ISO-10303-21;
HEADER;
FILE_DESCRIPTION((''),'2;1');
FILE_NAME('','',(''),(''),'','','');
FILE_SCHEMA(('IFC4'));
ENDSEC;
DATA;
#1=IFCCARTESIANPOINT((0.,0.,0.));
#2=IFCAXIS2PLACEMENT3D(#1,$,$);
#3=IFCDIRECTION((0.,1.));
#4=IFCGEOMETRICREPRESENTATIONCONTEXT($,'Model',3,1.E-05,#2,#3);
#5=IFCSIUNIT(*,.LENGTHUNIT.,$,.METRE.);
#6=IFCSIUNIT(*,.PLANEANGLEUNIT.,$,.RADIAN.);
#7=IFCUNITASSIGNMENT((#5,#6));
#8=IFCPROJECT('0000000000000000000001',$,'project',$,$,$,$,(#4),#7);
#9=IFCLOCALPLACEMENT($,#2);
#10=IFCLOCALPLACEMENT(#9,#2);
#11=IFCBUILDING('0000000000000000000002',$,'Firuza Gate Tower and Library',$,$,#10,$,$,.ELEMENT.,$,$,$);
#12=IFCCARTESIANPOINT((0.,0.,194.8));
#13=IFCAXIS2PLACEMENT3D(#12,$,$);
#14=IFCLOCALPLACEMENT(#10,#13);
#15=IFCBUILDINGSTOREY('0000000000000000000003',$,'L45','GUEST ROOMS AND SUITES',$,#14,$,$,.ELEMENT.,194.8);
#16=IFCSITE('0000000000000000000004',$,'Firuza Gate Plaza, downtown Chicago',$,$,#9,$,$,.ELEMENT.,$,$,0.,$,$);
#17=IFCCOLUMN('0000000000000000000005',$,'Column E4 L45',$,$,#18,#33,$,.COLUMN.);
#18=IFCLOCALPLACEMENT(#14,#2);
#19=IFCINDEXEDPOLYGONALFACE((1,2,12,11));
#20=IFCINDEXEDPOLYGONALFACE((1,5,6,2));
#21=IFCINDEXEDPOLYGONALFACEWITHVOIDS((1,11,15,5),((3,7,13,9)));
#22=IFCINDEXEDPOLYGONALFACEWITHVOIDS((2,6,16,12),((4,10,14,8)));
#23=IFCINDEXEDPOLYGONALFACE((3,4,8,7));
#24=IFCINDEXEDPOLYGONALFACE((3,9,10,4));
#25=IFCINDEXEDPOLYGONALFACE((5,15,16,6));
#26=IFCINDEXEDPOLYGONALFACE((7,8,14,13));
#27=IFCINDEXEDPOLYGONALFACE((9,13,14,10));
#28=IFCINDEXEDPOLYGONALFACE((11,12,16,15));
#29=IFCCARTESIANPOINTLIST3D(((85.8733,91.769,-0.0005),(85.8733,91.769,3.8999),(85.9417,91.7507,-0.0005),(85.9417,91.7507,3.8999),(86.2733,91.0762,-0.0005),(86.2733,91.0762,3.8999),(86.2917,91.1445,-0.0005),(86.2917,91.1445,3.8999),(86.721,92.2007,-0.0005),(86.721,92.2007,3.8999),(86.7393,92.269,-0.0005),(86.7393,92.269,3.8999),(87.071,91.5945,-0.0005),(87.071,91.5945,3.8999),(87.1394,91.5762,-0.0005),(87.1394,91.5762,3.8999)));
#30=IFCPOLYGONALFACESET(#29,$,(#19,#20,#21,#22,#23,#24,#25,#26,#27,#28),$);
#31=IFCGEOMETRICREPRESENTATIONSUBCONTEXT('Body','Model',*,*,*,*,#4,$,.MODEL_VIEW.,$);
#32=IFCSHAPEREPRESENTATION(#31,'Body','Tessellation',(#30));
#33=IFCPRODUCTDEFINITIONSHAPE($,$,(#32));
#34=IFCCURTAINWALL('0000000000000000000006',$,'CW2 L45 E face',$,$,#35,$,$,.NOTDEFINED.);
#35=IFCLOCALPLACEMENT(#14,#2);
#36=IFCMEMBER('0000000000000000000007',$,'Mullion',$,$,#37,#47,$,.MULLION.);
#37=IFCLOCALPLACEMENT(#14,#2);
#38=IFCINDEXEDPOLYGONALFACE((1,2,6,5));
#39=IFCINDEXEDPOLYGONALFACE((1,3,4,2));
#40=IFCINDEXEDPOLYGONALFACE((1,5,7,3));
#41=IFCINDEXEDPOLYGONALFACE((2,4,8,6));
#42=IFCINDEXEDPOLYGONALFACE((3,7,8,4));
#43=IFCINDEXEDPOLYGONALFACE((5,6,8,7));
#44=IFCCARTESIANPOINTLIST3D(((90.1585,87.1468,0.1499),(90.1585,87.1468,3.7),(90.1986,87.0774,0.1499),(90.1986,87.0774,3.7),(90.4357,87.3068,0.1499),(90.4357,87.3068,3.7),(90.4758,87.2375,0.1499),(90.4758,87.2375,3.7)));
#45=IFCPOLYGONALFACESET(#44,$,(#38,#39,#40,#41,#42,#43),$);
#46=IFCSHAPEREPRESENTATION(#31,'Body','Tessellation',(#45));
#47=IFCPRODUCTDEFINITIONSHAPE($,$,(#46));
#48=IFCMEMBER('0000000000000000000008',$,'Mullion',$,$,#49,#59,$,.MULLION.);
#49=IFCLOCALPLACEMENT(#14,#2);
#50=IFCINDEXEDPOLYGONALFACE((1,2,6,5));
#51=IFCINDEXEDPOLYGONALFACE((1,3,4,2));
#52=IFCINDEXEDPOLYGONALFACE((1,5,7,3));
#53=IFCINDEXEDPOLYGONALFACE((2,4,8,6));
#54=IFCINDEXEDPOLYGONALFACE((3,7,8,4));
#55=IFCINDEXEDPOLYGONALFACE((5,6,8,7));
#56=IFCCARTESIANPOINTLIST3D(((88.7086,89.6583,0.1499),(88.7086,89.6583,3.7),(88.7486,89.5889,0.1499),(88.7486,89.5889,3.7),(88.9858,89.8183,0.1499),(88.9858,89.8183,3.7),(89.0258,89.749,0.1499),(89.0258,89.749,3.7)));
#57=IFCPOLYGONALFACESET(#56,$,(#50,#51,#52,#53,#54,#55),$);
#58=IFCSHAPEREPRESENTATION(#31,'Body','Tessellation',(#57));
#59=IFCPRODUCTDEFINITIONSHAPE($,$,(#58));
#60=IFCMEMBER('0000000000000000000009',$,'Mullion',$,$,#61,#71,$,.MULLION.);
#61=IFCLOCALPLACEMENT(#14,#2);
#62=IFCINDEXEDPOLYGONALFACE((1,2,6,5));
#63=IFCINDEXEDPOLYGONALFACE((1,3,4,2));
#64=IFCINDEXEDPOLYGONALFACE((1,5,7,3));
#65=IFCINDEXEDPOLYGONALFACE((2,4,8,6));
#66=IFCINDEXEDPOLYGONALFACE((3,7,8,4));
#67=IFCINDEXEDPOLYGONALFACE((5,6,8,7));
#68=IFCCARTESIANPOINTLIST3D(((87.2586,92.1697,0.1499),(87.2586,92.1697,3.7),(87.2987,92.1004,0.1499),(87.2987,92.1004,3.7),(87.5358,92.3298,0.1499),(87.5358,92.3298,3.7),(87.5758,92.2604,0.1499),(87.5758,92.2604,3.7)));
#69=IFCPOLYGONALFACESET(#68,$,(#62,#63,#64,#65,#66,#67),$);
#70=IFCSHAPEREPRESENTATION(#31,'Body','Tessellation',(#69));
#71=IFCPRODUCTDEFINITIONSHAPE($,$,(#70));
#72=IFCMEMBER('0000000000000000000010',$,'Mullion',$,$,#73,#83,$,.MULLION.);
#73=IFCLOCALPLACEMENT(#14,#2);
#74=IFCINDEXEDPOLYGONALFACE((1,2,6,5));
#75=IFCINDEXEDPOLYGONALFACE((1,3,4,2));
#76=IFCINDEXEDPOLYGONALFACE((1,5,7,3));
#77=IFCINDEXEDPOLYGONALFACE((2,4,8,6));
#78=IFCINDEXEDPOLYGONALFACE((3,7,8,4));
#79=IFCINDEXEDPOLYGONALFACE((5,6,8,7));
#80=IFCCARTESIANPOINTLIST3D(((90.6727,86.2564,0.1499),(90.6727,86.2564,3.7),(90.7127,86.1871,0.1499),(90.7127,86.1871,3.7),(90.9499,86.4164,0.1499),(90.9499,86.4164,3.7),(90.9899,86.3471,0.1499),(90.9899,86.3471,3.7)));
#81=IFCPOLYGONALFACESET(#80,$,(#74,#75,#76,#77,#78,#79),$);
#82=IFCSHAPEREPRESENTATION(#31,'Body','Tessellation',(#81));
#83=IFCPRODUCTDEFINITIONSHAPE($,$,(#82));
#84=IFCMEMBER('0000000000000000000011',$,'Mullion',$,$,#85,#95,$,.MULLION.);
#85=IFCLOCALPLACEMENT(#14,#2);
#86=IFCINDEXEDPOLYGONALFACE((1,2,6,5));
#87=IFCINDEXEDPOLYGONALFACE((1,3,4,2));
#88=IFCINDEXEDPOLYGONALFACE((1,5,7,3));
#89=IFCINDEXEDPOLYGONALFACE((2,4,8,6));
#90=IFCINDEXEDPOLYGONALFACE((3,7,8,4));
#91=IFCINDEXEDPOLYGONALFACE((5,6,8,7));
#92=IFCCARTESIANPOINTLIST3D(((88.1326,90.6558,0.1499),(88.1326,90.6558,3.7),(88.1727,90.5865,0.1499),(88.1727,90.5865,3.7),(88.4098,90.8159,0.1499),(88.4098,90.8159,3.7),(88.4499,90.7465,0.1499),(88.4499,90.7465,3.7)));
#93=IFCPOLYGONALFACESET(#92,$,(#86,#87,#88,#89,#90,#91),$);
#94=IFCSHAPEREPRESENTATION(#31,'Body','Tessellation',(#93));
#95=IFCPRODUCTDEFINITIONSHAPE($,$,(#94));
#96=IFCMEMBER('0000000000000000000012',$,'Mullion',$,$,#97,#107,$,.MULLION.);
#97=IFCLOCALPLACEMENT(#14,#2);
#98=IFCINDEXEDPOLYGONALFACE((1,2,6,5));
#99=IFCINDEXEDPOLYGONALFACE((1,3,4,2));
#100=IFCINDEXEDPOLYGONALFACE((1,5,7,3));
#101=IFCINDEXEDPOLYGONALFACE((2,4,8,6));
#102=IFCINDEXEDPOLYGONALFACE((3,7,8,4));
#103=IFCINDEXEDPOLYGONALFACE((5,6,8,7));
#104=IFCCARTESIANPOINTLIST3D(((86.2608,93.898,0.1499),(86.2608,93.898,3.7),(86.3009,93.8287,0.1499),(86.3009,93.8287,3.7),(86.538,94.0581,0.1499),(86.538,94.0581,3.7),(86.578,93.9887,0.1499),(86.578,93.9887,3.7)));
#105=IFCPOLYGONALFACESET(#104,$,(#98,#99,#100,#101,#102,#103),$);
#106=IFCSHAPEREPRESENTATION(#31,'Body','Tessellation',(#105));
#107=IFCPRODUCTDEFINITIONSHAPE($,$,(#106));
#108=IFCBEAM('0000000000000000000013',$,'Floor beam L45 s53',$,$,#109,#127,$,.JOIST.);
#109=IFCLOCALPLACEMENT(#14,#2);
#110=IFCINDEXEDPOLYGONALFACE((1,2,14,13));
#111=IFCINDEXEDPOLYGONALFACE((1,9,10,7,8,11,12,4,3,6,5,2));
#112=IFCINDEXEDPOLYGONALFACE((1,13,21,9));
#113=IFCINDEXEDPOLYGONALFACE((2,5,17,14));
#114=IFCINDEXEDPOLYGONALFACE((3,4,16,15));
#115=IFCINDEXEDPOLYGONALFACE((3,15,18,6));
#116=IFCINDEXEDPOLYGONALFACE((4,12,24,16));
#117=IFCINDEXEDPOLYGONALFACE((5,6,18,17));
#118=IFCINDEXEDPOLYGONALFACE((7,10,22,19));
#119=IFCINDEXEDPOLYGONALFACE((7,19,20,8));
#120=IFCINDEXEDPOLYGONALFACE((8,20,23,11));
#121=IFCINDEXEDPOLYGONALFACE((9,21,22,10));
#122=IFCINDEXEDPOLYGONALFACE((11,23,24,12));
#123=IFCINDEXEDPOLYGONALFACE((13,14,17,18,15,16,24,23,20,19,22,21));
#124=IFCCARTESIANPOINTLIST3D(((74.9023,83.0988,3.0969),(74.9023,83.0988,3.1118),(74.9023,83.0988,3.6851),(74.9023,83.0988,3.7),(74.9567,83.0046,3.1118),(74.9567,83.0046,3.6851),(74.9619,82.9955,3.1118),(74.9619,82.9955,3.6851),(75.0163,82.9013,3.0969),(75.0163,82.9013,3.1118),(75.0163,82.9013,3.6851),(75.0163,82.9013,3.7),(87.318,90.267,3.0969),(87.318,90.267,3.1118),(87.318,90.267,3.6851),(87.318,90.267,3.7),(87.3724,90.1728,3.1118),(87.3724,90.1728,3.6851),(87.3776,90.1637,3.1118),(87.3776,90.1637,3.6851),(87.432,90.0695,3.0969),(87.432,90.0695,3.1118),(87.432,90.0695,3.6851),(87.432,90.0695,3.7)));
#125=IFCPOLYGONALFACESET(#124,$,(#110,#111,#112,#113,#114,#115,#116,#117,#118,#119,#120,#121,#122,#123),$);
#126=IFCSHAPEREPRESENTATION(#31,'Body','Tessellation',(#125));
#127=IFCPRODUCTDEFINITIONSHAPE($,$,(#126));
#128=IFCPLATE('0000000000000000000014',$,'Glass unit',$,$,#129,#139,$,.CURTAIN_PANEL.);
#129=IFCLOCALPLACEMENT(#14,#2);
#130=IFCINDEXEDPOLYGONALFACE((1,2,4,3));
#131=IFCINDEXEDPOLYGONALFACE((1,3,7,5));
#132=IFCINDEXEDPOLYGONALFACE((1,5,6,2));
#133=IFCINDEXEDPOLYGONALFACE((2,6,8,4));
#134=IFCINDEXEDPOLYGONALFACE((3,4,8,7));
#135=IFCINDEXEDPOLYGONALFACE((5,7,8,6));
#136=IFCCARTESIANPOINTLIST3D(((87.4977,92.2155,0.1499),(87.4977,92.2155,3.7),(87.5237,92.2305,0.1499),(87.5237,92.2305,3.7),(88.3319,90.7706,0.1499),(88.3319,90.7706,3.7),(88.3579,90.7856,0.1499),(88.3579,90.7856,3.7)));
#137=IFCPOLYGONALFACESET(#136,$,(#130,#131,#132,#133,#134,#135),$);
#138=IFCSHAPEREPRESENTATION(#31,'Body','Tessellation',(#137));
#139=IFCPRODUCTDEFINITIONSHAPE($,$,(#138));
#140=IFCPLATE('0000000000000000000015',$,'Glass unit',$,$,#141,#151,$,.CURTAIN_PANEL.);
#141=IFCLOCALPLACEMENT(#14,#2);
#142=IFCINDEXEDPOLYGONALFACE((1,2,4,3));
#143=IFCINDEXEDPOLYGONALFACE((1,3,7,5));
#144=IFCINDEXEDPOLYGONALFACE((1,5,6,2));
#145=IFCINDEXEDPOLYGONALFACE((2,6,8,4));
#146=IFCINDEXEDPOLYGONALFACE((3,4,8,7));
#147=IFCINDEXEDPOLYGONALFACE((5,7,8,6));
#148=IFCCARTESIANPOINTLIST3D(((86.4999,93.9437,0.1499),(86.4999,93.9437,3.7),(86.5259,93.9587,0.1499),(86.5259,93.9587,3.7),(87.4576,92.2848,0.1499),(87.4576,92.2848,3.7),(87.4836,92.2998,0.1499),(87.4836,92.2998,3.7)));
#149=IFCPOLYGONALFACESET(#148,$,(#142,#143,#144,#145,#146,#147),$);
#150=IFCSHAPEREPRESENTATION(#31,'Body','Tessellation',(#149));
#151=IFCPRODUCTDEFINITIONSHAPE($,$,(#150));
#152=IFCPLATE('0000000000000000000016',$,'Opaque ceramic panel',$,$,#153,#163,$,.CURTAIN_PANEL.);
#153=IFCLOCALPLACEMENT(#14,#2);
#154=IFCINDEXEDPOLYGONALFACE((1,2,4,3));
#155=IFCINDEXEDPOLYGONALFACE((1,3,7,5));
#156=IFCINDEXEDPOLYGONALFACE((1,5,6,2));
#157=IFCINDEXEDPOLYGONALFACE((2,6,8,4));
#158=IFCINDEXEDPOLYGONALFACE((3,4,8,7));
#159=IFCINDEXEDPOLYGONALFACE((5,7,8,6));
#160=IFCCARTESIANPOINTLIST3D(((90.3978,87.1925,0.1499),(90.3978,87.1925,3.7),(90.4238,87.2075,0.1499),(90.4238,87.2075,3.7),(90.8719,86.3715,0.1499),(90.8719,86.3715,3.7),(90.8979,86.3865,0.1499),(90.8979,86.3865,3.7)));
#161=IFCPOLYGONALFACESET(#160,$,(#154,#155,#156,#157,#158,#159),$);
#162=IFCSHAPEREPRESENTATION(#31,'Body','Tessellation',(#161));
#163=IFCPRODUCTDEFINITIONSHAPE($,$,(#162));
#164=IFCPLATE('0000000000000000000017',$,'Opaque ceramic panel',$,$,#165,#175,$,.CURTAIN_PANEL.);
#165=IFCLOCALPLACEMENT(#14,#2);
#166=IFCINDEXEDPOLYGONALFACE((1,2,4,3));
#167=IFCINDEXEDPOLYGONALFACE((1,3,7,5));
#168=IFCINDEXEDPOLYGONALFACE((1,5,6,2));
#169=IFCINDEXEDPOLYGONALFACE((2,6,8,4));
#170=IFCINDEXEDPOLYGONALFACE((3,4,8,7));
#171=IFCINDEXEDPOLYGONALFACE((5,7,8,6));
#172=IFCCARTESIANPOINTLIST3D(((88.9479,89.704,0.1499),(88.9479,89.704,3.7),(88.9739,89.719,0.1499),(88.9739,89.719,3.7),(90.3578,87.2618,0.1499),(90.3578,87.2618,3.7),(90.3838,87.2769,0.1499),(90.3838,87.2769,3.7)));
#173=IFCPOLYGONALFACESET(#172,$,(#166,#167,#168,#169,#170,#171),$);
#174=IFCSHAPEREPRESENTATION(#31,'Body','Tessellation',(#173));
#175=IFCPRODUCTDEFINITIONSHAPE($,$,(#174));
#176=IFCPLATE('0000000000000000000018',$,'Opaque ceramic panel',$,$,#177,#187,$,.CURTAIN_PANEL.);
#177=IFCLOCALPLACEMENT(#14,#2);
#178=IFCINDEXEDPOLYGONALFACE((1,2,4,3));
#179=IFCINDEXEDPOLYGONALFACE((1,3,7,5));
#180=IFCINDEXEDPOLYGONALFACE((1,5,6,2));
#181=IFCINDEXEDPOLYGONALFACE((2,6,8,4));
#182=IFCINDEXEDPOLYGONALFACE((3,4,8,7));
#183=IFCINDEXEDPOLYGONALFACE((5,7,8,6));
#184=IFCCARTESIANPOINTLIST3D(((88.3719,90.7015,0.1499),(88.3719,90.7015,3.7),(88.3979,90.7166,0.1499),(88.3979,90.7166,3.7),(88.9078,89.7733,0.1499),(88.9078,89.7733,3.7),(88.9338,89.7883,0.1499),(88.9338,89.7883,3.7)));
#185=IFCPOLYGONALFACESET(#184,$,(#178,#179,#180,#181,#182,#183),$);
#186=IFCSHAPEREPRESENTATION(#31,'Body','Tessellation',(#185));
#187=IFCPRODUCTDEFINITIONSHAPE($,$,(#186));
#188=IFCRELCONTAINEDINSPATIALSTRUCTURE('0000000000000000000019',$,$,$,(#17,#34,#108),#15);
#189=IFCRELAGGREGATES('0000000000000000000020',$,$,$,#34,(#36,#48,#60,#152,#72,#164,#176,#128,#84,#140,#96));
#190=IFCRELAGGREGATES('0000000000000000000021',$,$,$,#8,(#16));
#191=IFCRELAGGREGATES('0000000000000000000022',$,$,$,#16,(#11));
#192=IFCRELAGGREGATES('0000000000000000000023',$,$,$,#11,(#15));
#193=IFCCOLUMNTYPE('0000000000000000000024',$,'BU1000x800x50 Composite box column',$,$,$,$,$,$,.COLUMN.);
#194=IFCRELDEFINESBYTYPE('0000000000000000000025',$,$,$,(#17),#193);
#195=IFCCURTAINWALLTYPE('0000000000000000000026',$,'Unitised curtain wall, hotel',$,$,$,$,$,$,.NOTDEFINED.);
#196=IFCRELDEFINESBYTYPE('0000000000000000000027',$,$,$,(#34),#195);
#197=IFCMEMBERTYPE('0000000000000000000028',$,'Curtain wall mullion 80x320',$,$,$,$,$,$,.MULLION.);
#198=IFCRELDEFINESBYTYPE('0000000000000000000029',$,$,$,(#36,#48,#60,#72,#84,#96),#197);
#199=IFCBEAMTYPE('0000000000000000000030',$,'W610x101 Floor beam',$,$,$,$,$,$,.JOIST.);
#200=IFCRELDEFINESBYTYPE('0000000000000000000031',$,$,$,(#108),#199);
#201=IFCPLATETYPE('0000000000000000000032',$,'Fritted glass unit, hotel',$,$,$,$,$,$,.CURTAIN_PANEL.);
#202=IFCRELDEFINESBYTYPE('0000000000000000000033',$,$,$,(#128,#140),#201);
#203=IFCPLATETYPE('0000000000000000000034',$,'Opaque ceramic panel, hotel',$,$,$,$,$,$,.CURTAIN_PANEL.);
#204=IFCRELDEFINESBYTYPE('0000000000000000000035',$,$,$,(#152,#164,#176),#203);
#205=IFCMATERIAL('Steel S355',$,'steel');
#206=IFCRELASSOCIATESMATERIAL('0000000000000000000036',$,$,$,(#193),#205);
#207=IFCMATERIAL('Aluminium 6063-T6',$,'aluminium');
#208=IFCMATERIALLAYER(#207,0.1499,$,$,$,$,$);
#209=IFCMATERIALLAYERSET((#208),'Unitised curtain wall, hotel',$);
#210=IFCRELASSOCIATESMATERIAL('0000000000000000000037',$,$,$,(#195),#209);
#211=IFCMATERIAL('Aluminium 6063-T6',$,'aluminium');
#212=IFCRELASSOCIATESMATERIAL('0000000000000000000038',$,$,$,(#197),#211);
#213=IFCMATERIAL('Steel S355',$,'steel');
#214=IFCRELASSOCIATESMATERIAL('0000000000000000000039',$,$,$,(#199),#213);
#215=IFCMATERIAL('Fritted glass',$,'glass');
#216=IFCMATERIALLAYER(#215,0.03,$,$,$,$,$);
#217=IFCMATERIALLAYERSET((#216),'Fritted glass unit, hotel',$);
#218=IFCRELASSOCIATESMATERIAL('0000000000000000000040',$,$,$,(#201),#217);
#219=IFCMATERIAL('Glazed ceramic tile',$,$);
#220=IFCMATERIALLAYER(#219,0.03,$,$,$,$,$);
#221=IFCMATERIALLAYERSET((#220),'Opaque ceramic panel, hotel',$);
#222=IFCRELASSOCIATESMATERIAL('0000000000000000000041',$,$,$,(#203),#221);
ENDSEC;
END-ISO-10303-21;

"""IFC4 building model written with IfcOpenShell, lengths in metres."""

from ifc_helpers import new_model, si_unit, direction, frame, origin, origin_2d, place, context, subcontext, project, spatial, polyline, rectangle, hollow_rectangle, i_section, outline, extrude, material, layer, layer_set, material_profile, profile_set, type_object, element, aggregate, save


model = new_model("IFC4")

# Units and contexts
model_context = context("Model", 3, precision=1e-05, world=origin(), true_north=direction((0.0, 1.0)))
body_context = subcontext(model_context, "Body", "Model", "MODEL_VIEW")
ifc_project = project(units=[si_unit("LENGTHUNIT", "METRE"), si_unit("PLANEANGLEUNIT", "RADIAN")], contexts=[model_context])

# Site, building, storey
site_placement = place(None, origin())
site = spatial("IfcSite", under=ifc_project, at=site_placement, Name="Firuza Gate Plaza, downtown Chicago", CompositionType="ELEMENT", RefElevation=0.0)
building_placement = place(site_placement, origin())
building = spatial("IfcBuilding", under=site, at=building_placement, Name="Firuza Gate Tower and Library", CompositionType="ELEMENT")
storey_placement = place(building_placement, frame((0.0, 0.0, 194.8)))
storey = spatial("IfcBuildingStorey", under=building, at=storey_placement, Name="L45", Description="GUEST ROOMS AND SUITES", CompositionType="ELEMENT", Elevation=194.8)

# Column
ifc_material_1 = material(Name="Steel S355", Category="steel")
ifc_material_profile_1 = material_profile(ifc_material_1, hollow_rectangle(XDim=0.8, YDim=1.0, WallThickness=0.05, at=origin_2d()))
ifc_profile_set_1 = profile_set([ifc_material_profile_1], Name="Steel S355")
column_type = type_object("IfcColumnType", Name="BU1000x800x50 Composite box column", PredefinedType="COLUMN", material=ifc_profile_set_1)
column_placement = place(storey_placement, frame((86.5063, 91.6726, -0.0005), z_axis=(0.0, 0.0, 1.0), x_axis=(-0.5, 0.866025, 0.0)))
element("IfcColumn", 1, at=column_placement, inside=storey, type_object=column_type, Name="Column E4 L45", PredefinedType="COLUMN", context=body_context, shape_type="SweptSolid", body=[
    extrude(hollow_rectangle(XDim=0.8, YDim=1.0, WallThickness=0.05, at=origin_2d()), origin(), (0.0, 0.0, 1.0), 3.9004),
])

# Curtain wall, members
ifc_material_2 = material(Name="Aluminium 6063-T6", Category="aluminium")
ifc_layer_1 = layer(ifc_material_2, 0.1499)
ifc_layer_set_1 = layer_set([ifc_layer_1], Name="Unitised curtain wall, hotel")
curtain_wall_type = type_object("IfcCurtainWallType", Name="Unitised curtain wall, hotel", PredefinedType="NOTDEFINED", material=ifc_layer_set_1)
curtain_wall_placement = place(storey_placement, origin())
curtain_wall = element("IfcCurtainWall", 2, at=curtain_wall_placement, inside=storey, type_object=curtain_wall_type, Name="CW2 L45 E face", PredefinedType="NOTDEFINED")
ifc_material_3 = material(Name="Aluminium 6063-T6", Category="aluminium")
ifc_material_profile_2 = material_profile(ifc_material_3, rectangle(XDim=0.3201, YDim=0.0801, at=origin_2d()))
ifc_profile_set_2 = profile_set([ifc_material_profile_2], Name="Aluminium 6063-T6")
member_type = type_object("IfcMemberType", Name="Curtain wall mullion 80x320", PredefinedType="MULLION", material=ifc_profile_set_2)
member_1_placement = place(storey_placement, frame((90.3171, 87.1921, 0.1499), z_axis=(0.0, 0.0, 1.0), x_axis=(-0.866025, -0.5, 0.0)))
member_1 = element("IfcMember", 3, at=member_1_placement, type_object=member_type, Name="Mullion", PredefinedType="MULLION", context=body_context, shape_type="SweptSolid", body=[
    extrude(rectangle(XDim=0.3201, YDim=0.0801, at=origin_2d()), origin(), (0.0, 0.0, 1.0), 3.55),
])
member_2_placement = place(storey_placement, frame((88.8672, 89.7036, 0.1499), z_axis=(0.0, 0.0, 1.0), x_axis=(-0.866025, -0.5, 0.0)))
member_2 = element("IfcMember", 4, at=member_2_placement, type_object=member_type, Name="Mullion", PredefinedType="MULLION", context=body_context, shape_type="SweptSolid", body=[
    extrude(rectangle(XDim=0.3201, YDim=0.0801, at=origin_2d()), origin(), (0.0, 0.0, 1.0), 3.55),
])
member_3_placement = place(storey_placement, frame((87.4172, 92.2151, 0.1499), z_axis=(0.0, 0.0, 1.0), x_axis=(-0.866025, -0.5, 0.0)))
member_3 = element("IfcMember", 5, at=member_3_placement, type_object=member_type, Name="Mullion", PredefinedType="MULLION", context=body_context, shape_type="SweptSolid", body=[
    extrude(rectangle(XDim=0.3201, YDim=0.0801, at=origin_2d()), origin(), (0.0, 0.0, 1.0), 3.55),
])
member_4_placement = place(storey_placement, frame((90.8313, 86.3018, 0.1499), z_axis=(0.0, 0.0, 1.0), x_axis=(-0.866025, -0.5, 0.0)))
member_4 = element("IfcMember", 6, at=member_4_placement, type_object=member_type, Name="Mullion", PredefinedType="MULLION", context=body_context, shape_type="SweptSolid", body=[
    extrude(rectangle(XDim=0.3201, YDim=0.0801, at=origin_2d()), origin(), (0.0, 0.0, 1.0), 3.55),
])
member_5_placement = place(storey_placement, frame((88.2913, 90.7012, 0.1499), z_axis=(0.0, 0.0, 1.0), x_axis=(-0.866025, -0.5, 0.0)))
member_5 = element("IfcMember", 7, at=member_5_placement, type_object=member_type, Name="Mullion", PredefinedType="MULLION", context=body_context, shape_type="SweptSolid", body=[
    extrude(rectangle(XDim=0.3201, YDim=0.0801, at=origin_2d()), origin(), (0.0, 0.0, 1.0), 3.55),
])
member_6_placement = place(storey_placement, frame((86.4194, 93.9434, 0.1499), z_axis=(0.0, 0.0, 1.0), x_axis=(-0.866025, -0.5, 0.0)))
member_6 = element("IfcMember", 8, at=member_6_placement, type_object=member_type, Name="Mullion", PredefinedType="MULLION", context=body_context, shape_type="SweptSolid", body=[
    extrude(rectangle(XDim=0.3201, YDim=0.0801, at=origin_2d()), origin(), (0.0, 0.0, 1.0), 3.55),
])

# Beam
ifc_material_4 = material(Name="Steel S355", Category="steel")
ifc_material_profile_3 = material_profile(ifc_material_4, i_section(OverallWidth=0.228, OverallDepth=0.603, WebThickness=0.0105, FlangeThickness=0.0149, at=origin_2d()))
ifc_profile_set_3 = profile_set([ifc_material_profile_3], Name="Steel S355")
beam_type = type_object("IfcBeamType", Name="W610x101 Floor beam", PredefinedType="JOIST", material=ifc_profile_set_3)
beam_placement = place(storey_placement, frame((87.375, 90.1682, 3.3984), z_axis=(-0.866026, -0.499998, 0.0), x_axis=(0.499998, -0.866026, 0.0)))
element("IfcBeam", 9, at=beam_placement, inside=storey, type_object=beam_type, Name="Floor beam L45 s53", PredefinedType="JOIST", context=body_context, shape_type="SweptSolid", body=[
    extrude(i_section(OverallWidth=0.228, OverallDepth=0.603, WebThickness=0.0105, FlangeThickness=0.0149, at=origin_2d()), origin(), (0.0, 0.0, 1.0), 14.3364),
])

# Plates
ifc_material_5 = material(Name="Fritted glass", Category="glass")
ifc_layer_2 = layer(ifc_material_5, 0.03)
ifc_layer_set_2 = layer_set([ifc_layer_2], Name="Fritted glass unit, hotel")
plate_type_1 = type_object("IfcPlateType", Name="Fritted glass unit, hotel", PredefinedType="CURTAIN_PANEL", material=ifc_layer_set_2)
plate_1_placement = place(storey_placement, frame((88.3579, 90.7856, 0.1499), z_axis=(0.86601, 0.500026, 0.0), x_axis=(-0.500026, 0.86601, 0.0)))
plate_1 = element("IfcPlate", 10, at=plate_1_placement, type_object=plate_type_1, Name="Glass unit", PredefinedType="CURTAIN_PANEL", context=body_context, shape_type="SweptSolid", body=[
    extrude(outline(polyline([(0.0, 0.0), (1.6684, 0.0), (1.6684, 3.55), (0.0, 3.55), (0.0, 0.0)])), origin(), (0.0, 0.0, -1.0), 0.03),
])
plate_2_placement = place(storey_placement, frame((87.4836, 92.2998, 0.1499), z_axis=(0.866031, 0.499991, 0.0), x_axis=(-0.499991, 0.866031, 0.0)))
plate_2 = element("IfcPlate", 11, at=plate_2_placement, type_object=plate_type_1, Name="Glass unit", PredefinedType="CURTAIN_PANEL", context=body_context, shape_type="SweptSolid", body=[
    extrude(outline(polyline([(0.0, 0.0), (1.9156, 0.0), (1.9156, 3.55), (0.0, 3.55), (0.0, 0.0)])), origin(), (0.0, 0.0, -1.0), 0.03),
])
ifc_material_6 = material(Name="Glazed ceramic tile")
ifc_layer_3 = layer(ifc_material_6, 0.03)
ifc_layer_set_3 = layer_set([ifc_layer_3], Name="Opaque ceramic panel, hotel")
plate_type_2 = type_object("IfcPlateType", Name="Opaque ceramic panel, hotel", PredefinedType="CURTAIN_PANEL", material=ifc_layer_set_3)
plate_3_placement = place(storey_placement, frame((90.8979, 86.3865, 0.1499), z_axis=(0.865984, 0.500072, 0.0), x_axis=(-0.500072, 0.865984, 0.0)))
plate_3 = element("IfcPlate", 12, at=plate_3_placement, type_object=plate_type_2, Name="Opaque ceramic panel", PredefinedType="CURTAIN_PANEL", context=body_context, shape_type="SweptSolid", body=[
    extrude(outline(polyline([(0.0, 0.0), (0.9481, 0.0), (0.9481, 3.55), (0.0, 3.55), (0.0, 0.0)])), origin(), (0.0, 0.0, -1.0), 0.03),
])
plate_4_placement = place(storey_placement, frame((90.3838, 87.2769, 0.1499), z_axis=(0.866034, 0.499985, 0.0), x_axis=(-0.499985, 0.866034, 0.0)))
plate_4 = element("IfcPlate", 13, at=plate_4_placement, type_object=plate_type_2, Name="Opaque ceramic panel", PredefinedType="CURTAIN_PANEL", context=body_context, shape_type="SweptSolid", body=[
    extrude(outline(polyline([(0.0, 0.0), (2.8199, 0.0), (2.8199, 3.55), (0.0, 3.55), (0.0, 0.0)])), origin(), (0.0, 0.0, -1.0), 0.03),
])
plate_5_placement = place(storey_placement, frame((88.9338, 89.7883, 0.1499), z_axis=(0.866034, 0.499985, 0.0), x_axis=(-0.499985, 0.866034, 0.0)))
plate_5 = element("IfcPlate", 14, at=plate_5_placement, type_object=plate_type_2, Name="Opaque ceramic panel", PredefinedType="CURTAIN_PANEL", context=body_context, shape_type="SweptSolid", body=[
    extrude(outline(polyline([(0.0, 0.0), (1.0718, 0.0), (1.0718, 3.55), (0.0, 3.55), (0.0, 0.0)])), origin(), (0.0, 0.0, -1.0), 0.03),
])
aggregate(curtain_wall, [member_1, member_2, member_3, plate_3, member_4, plate_4, plate_5, plate_1, member_5, plate_2, member_6])

save(model, "model.ifc")
